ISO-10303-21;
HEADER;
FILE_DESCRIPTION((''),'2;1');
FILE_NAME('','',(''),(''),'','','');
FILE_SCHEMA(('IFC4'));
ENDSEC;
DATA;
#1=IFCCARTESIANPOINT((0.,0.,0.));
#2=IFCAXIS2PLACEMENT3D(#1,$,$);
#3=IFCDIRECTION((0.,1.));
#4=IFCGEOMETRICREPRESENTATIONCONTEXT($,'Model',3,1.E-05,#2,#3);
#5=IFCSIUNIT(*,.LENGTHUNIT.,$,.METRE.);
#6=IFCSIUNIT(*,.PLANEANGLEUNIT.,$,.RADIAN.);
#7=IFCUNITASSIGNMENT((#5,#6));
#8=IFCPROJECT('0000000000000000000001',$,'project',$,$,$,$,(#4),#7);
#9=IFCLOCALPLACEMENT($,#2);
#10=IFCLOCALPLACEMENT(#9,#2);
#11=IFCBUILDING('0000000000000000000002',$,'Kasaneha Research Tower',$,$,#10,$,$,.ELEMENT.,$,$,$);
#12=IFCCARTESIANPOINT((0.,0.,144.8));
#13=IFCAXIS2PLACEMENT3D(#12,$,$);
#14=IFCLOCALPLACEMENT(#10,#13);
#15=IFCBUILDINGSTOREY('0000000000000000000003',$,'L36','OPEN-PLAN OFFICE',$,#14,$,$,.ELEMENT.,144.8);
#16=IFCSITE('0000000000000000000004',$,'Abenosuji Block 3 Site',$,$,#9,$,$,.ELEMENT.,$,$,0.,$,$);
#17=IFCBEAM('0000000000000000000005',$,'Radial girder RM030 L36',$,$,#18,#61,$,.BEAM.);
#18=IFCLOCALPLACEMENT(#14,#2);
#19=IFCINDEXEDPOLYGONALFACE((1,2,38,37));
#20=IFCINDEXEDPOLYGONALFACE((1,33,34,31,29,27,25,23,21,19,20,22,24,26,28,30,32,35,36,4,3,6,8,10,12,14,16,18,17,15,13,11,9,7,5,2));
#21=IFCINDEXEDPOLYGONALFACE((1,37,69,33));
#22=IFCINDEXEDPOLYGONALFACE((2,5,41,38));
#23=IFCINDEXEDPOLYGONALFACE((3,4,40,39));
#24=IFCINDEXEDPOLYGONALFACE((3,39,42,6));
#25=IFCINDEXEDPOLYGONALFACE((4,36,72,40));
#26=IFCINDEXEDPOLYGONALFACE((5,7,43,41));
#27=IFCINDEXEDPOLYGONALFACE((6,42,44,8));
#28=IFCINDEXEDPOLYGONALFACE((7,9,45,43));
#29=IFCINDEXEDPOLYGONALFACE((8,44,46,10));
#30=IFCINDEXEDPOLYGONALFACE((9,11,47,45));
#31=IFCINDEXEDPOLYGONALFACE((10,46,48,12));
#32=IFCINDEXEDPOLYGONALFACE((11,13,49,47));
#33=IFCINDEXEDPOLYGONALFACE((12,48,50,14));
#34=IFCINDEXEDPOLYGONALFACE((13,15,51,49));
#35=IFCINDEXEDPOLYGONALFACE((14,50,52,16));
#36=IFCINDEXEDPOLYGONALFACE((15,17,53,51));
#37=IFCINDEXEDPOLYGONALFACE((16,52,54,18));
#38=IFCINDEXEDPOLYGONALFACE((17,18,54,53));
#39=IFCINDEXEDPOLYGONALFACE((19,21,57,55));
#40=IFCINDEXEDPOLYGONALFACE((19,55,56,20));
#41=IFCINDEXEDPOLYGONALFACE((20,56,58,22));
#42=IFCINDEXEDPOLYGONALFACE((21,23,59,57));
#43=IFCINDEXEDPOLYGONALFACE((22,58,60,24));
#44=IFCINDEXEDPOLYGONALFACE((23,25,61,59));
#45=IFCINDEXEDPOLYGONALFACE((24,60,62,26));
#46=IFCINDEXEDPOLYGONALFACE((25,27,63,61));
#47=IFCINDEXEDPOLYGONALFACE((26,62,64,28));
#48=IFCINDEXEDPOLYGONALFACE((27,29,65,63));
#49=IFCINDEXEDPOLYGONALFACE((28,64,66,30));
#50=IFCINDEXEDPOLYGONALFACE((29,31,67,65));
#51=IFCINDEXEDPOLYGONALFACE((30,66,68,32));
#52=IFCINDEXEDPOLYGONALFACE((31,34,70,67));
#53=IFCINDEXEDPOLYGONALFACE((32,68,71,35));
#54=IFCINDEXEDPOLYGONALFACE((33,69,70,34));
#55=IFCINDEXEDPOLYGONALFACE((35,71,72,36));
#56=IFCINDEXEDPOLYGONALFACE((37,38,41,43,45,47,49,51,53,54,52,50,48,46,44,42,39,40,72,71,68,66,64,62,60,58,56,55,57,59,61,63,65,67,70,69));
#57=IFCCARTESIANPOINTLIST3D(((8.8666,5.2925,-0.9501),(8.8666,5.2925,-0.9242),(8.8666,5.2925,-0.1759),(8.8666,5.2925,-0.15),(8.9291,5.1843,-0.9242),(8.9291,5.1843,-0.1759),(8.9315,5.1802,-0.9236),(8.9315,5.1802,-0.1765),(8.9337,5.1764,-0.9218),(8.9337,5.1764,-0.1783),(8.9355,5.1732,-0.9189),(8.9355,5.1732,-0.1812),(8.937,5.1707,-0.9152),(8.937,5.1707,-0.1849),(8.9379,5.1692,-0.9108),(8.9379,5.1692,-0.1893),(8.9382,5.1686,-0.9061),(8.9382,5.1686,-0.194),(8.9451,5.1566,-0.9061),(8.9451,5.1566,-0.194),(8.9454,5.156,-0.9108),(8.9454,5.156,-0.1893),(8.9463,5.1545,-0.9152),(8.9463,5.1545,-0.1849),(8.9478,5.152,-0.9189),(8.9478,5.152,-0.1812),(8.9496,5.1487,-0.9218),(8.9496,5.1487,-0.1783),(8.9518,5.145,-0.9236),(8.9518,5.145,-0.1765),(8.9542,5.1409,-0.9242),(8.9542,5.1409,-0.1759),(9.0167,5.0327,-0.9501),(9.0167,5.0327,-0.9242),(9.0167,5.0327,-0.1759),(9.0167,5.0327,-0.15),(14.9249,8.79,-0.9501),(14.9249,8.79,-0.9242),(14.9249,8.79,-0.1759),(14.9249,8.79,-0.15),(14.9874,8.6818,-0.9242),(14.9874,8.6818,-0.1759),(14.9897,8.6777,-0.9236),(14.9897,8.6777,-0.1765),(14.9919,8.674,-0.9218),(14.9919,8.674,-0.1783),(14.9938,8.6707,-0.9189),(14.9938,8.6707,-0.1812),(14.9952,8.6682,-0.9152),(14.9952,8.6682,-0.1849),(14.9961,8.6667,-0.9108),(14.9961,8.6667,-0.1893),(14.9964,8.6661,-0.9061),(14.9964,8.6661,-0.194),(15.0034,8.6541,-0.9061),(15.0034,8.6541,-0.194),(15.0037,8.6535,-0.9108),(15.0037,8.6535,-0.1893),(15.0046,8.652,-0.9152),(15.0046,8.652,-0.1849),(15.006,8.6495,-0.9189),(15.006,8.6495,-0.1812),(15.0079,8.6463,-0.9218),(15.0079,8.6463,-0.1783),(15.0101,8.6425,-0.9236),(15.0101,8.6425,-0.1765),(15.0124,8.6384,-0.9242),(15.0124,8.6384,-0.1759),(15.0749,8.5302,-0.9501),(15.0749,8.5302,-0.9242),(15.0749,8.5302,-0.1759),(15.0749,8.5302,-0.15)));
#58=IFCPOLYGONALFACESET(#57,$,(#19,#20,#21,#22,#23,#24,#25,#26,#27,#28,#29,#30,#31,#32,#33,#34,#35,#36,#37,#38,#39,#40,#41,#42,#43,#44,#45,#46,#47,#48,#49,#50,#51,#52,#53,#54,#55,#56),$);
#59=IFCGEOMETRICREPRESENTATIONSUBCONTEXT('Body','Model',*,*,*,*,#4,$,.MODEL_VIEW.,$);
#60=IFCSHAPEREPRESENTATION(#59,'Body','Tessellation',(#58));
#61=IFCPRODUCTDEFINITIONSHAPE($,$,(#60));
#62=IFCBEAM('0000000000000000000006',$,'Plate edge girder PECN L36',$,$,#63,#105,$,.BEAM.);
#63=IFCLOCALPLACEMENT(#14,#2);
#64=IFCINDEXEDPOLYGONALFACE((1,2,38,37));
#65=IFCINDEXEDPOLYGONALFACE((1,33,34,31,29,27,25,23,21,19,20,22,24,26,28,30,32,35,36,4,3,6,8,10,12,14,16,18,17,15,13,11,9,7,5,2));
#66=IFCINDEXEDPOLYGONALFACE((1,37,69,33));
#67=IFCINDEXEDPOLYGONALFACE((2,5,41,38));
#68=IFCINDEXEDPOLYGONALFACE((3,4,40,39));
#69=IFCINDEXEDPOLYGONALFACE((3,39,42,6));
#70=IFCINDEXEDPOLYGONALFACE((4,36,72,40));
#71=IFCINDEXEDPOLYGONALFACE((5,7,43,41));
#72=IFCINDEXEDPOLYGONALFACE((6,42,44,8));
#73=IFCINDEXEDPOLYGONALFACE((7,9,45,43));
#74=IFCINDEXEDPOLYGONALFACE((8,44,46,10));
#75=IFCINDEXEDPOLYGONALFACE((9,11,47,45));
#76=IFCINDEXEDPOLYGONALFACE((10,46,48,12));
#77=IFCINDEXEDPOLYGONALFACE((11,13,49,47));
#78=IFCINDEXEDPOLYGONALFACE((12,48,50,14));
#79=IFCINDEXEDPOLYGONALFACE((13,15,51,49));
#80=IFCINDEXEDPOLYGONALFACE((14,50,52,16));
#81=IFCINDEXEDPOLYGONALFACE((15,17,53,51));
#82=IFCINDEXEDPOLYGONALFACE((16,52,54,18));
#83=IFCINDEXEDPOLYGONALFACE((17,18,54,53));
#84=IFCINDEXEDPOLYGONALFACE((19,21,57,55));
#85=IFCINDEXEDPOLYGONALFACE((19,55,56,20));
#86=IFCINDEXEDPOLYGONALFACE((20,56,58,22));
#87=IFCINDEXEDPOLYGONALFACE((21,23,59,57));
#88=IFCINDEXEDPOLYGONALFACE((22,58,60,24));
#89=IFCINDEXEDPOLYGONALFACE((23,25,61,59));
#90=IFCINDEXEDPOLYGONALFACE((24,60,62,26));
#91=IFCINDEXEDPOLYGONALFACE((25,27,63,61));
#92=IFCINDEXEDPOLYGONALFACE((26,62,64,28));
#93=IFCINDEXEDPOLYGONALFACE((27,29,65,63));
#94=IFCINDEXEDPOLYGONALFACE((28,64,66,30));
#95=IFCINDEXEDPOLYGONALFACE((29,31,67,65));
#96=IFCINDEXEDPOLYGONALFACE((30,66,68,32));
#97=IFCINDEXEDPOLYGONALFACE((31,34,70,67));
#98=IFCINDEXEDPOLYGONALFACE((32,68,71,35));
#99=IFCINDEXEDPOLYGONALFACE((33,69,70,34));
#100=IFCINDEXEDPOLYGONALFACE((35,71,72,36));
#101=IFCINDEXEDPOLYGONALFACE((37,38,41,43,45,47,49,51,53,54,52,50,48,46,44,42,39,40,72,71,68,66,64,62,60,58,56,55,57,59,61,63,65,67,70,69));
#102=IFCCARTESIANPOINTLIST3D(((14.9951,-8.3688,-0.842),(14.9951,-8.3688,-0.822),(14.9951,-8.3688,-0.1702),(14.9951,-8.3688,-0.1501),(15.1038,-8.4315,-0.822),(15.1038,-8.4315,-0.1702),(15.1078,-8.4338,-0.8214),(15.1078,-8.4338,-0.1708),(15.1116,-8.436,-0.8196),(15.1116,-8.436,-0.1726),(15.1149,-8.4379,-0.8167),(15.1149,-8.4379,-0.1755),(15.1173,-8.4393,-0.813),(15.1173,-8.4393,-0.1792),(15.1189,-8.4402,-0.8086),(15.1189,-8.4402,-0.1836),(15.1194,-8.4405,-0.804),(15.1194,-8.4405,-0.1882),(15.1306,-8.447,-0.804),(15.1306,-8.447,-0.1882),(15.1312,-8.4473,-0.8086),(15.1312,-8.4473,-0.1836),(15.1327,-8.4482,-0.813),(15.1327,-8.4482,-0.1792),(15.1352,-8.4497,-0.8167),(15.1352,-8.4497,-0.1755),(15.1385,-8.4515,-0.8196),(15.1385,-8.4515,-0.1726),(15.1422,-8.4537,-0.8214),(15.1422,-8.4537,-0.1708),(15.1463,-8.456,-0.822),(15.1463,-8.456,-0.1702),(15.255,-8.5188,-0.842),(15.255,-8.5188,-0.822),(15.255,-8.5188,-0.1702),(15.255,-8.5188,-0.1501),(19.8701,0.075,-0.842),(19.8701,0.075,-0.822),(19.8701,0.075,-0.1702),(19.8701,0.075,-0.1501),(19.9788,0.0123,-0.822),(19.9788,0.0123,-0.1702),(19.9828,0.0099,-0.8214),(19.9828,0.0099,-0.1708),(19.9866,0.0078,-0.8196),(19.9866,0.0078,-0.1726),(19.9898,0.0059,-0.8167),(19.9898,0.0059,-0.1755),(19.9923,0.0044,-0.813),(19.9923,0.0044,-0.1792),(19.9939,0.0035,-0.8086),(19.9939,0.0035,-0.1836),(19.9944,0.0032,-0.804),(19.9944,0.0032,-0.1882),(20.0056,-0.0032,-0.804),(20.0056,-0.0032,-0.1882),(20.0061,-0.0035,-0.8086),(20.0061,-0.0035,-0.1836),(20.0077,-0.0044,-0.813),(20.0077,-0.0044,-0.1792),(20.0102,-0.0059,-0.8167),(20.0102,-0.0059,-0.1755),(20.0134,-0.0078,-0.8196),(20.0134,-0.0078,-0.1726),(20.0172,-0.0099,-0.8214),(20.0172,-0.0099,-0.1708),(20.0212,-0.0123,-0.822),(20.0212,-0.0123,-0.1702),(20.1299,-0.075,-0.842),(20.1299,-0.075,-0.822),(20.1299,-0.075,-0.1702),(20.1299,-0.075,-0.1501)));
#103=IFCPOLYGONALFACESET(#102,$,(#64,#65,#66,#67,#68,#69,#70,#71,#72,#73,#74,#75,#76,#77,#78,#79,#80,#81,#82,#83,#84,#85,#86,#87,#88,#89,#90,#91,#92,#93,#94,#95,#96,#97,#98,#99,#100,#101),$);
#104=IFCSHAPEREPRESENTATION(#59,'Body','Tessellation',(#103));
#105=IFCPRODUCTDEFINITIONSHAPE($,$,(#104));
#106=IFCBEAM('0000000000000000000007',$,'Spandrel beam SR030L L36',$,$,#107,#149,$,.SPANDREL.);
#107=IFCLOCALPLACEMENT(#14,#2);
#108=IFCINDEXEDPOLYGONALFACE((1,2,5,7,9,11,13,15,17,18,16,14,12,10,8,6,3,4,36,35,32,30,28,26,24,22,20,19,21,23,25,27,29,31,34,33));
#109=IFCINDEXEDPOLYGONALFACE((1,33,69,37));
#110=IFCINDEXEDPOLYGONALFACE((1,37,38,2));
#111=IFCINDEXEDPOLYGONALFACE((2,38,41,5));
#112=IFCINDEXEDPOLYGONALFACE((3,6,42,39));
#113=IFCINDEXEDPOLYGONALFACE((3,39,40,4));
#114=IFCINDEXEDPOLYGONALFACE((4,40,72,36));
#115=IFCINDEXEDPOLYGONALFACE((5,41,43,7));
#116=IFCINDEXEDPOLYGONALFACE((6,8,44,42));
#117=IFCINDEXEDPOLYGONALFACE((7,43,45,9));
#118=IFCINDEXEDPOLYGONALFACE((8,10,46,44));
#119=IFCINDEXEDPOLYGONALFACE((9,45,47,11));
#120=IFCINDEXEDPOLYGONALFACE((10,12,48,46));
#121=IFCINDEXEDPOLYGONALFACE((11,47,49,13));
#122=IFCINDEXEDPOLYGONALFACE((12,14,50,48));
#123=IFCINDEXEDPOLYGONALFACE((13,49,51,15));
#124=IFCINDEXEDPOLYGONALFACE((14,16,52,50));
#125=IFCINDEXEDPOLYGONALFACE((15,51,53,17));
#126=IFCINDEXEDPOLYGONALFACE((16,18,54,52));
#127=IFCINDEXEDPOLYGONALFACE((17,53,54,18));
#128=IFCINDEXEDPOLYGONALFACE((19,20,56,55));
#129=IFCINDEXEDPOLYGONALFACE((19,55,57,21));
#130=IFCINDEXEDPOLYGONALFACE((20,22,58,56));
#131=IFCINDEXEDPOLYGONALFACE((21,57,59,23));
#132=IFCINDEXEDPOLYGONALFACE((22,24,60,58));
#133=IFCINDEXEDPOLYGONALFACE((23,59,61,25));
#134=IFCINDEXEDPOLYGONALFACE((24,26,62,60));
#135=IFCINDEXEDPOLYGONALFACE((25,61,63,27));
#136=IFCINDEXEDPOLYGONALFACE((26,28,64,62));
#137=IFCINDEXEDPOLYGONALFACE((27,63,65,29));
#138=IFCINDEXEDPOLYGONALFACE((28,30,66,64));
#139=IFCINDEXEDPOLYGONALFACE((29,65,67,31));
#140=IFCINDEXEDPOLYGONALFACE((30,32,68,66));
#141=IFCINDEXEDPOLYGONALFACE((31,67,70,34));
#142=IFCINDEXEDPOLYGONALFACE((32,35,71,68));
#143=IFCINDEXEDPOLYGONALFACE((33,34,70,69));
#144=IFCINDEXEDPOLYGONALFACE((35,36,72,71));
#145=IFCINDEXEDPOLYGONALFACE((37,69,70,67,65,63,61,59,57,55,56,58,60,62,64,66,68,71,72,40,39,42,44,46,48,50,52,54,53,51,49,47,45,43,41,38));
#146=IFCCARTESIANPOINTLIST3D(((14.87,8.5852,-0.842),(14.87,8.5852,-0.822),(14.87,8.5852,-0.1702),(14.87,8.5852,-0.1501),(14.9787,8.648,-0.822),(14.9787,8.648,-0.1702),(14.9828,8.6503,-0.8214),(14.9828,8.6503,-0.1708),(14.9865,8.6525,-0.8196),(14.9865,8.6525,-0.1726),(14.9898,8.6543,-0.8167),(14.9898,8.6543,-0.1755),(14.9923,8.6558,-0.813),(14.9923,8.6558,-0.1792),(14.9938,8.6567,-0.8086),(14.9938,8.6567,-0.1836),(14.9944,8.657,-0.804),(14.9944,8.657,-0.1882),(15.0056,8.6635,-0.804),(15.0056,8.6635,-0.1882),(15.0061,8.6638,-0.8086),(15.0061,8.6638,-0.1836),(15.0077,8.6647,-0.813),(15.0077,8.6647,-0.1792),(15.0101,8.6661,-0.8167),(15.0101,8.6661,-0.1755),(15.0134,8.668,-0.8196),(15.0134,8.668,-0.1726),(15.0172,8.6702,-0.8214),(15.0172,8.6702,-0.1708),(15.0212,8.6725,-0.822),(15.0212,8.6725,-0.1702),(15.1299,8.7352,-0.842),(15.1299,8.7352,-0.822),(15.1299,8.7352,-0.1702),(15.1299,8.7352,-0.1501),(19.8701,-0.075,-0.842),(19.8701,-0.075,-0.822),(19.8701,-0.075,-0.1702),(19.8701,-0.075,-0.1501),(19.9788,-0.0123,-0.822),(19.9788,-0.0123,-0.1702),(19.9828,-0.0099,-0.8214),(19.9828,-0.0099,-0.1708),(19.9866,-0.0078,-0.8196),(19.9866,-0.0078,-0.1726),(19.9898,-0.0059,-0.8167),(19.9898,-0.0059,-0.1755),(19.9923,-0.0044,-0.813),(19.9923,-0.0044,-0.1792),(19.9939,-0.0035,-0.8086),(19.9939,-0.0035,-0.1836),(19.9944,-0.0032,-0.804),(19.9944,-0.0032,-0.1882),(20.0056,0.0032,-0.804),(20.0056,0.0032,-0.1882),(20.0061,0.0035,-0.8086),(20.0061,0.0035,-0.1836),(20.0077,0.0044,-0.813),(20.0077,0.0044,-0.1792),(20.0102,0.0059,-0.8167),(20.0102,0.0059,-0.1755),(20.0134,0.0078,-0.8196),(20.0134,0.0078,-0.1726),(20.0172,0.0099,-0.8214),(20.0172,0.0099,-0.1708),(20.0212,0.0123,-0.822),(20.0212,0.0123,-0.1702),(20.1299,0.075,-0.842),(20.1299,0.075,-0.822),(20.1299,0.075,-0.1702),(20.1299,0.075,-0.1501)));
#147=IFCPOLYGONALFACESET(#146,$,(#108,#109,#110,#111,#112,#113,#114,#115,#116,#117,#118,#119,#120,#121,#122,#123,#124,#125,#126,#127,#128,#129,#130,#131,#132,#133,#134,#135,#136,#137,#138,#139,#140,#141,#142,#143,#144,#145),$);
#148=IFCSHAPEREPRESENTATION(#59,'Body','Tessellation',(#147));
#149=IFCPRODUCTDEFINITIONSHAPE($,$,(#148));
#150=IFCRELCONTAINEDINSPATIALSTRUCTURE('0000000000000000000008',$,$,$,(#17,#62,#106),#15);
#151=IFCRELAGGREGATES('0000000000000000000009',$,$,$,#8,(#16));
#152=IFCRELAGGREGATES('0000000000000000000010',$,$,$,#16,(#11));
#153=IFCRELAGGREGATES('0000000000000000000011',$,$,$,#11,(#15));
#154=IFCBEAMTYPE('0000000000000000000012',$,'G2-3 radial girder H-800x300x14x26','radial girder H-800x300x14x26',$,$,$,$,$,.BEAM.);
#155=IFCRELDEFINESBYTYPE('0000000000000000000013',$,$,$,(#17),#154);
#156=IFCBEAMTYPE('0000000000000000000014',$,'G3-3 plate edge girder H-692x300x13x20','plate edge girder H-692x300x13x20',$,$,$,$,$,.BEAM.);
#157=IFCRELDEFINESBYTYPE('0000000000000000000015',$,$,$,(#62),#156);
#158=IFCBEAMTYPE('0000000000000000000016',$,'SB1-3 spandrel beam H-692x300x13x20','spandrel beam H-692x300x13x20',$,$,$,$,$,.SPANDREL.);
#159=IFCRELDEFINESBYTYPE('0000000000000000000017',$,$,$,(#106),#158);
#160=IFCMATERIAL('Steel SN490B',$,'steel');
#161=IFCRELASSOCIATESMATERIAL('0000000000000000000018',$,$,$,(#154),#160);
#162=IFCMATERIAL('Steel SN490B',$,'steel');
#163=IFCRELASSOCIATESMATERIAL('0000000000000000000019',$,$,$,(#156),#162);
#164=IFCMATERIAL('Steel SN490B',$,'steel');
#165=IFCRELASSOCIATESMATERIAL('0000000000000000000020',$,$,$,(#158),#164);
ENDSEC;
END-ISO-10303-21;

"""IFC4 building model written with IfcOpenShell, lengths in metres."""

from ifc_helpers import new_model, si_unit, direction, frame, origin, origin_2d, place, context, subcontext, project, spatial, i_section, extrude, material, material_profile, profile_set, type_object, element, save


model = new_model("IFC4")

# Units and contexts
model_context = context("Model", 3, precision=1e-05, world=origin(), true_north=direction((0.0, 1.0)))
body_context = subcontext(model_context, "Body", "Model", "MODEL_VIEW")
ifc_project = project(units=[si_unit("LENGTHUNIT", "METRE"), si_unit("PLANEANGLEUNIT", "RADIAN")], contexts=[model_context])

# Site, building, storey
site_placement = place(None, origin())
site = spatial("IfcSite", under=ifc_project, at=site_placement, Name="Abenosuji Block 3 Site", CompositionType="ELEMENT", RefElevation=0.0)
building_placement = place(site_placement, origin())
building = spatial("IfcBuilding", under=site, at=building_placement, Name="Kasaneha Research Tower", CompositionType="ELEMENT")
storey_placement = place(building_placement, frame((0.0, 0.0, 144.8)))
storey = spatial("IfcBuildingStorey", under=building, at=storey_placement, Name="L36", Description="OPEN-PLAN OFFICE", CompositionType="ELEMENT", Elevation=144.8)

# Beams
ifc_material_1 = material(Name="Steel SN490B", Category="steel")
ifc_material_profile_1 = material_profile(ifc_material_1, i_section(OverallWidth=0.3, OverallDepth=0.8, WebThickness=0.0139, FlangeThickness=0.0259, FilletRadius=0.0181, at=origin_2d()), Name="H-800x300x14x26")
ifc_profile_set_1 = profile_set([ifc_material_profile_1], Name="Steel SN490B")
beam_type_1 = type_object("IfcBeamType", Name="G2-3 radial girder H-800x300x14x26", Description="radial girder H-800x300x14x26", PredefinedType="BEAM", material=ifc_profile_set_1)
beam_1_placement = place(storey_placement, frame((8.9417, 5.1626, -0.55), z_axis=(0.86604, 0.499975, 0.0), x_axis=(-0.499975, 0.86604, 0.0)))
element("IfcBeam", 1, at=beam_1_placement, inside=storey, type_object=beam_type_1, Name="Radial girder RM030 L36", PredefinedType="BEAM", context=body_context, shape_type="SweptSolid", body=[
    extrude(i_section(OverallWidth=0.3, OverallDepth=0.8, WebThickness=0.0139, FlangeThickness=0.0259, FilletRadius=0.0181, at=origin_2d()), origin(), (0.0, 0.0, 1.0), 6.9954),
])
ifc_material_2 = material(Name="Steel SN490B", Category="steel")
ifc_material_profile_2 = material_profile(ifc_material_2, i_section(OverallWidth=0.3, OverallDepth=0.6919, WebThickness=0.0129, FlangeThickness=0.02, FilletRadius=0.0181, at=origin_2d()), Name="H-692x300x13x20")
ifc_profile_set_2 = profile_set([ifc_material_profile_2], Name="Steel SN490B")
beam_type_2 = type_object("IfcBeamType", Name="G3-3 plate edge girder H-692x300x13x20", Description="plate edge girder H-692x300x13x20", PredefinedType="BEAM", material=ifc_profile_set_2)
beam_2_placement = place(storey_placement, frame((20.0, 0.0, -0.4961), z_axis=(-0.499996, -0.866028, 0.0), x_axis=(0.866028, -0.499996, 0.0)))
element("IfcBeam", 2, at=beam_2_placement, inside=storey, type_object=beam_type_2, Name="Plate edge girder PECN L36", PredefinedType="BEAM", context=body_context, shape_type="SweptSolid", body=[
    extrude(i_section(OverallWidth=0.3, OverallDepth=0.6919, WebThickness=0.0129, FlangeThickness=0.02, FilletRadius=0.0181, at=origin_2d()), origin(), (0.0, 0.0, 1.0), 9.75),
])
ifc_material_3 = material(Name="Steel SN490B", Category="steel")
ifc_material_profile_3 = material_profile(ifc_material_3, i_section(OverallWidth=0.3, OverallDepth=0.6919, WebThickness=0.0129, FlangeThickness=0.02, FilletRadius=0.0181, at=origin_2d()), Name="H-692x300x13x20")
ifc_profile_set_3 = profile_set([ifc_material_profile_3], Name="Steel SN490B")
beam_type_3 = type_object("IfcBeamType", Name="SB1-3 spandrel beam H-692x300x13x20", Description="spandrel beam H-692x300x13x20", PredefinedType="SPANDREL", material=ifc_profile_set_3)
beam_3_placement = place(storey_placement, frame((20.0, 0.0, -0.4961), z_axis=(-0.500004, 0.866023, 0.0), x_axis=(-0.866023, -0.500004, 0.0)))
element("IfcBeam", 3, at=beam_3_placement, inside=storey, type_object=beam_type_3, Name="Spandrel beam SR030L L36", PredefinedType="SPANDREL", context=body_context, shape_type="SweptSolid", body=[
    extrude(i_section(OverallWidth=0.3, OverallDepth=0.6919, WebThickness=0.0129, FlangeThickness=0.02, FilletRadius=0.0181, at=origin_2d()), origin(), (0.0, 0.0, 1.0), 10.0),
])

save(model, "model.ifc")
